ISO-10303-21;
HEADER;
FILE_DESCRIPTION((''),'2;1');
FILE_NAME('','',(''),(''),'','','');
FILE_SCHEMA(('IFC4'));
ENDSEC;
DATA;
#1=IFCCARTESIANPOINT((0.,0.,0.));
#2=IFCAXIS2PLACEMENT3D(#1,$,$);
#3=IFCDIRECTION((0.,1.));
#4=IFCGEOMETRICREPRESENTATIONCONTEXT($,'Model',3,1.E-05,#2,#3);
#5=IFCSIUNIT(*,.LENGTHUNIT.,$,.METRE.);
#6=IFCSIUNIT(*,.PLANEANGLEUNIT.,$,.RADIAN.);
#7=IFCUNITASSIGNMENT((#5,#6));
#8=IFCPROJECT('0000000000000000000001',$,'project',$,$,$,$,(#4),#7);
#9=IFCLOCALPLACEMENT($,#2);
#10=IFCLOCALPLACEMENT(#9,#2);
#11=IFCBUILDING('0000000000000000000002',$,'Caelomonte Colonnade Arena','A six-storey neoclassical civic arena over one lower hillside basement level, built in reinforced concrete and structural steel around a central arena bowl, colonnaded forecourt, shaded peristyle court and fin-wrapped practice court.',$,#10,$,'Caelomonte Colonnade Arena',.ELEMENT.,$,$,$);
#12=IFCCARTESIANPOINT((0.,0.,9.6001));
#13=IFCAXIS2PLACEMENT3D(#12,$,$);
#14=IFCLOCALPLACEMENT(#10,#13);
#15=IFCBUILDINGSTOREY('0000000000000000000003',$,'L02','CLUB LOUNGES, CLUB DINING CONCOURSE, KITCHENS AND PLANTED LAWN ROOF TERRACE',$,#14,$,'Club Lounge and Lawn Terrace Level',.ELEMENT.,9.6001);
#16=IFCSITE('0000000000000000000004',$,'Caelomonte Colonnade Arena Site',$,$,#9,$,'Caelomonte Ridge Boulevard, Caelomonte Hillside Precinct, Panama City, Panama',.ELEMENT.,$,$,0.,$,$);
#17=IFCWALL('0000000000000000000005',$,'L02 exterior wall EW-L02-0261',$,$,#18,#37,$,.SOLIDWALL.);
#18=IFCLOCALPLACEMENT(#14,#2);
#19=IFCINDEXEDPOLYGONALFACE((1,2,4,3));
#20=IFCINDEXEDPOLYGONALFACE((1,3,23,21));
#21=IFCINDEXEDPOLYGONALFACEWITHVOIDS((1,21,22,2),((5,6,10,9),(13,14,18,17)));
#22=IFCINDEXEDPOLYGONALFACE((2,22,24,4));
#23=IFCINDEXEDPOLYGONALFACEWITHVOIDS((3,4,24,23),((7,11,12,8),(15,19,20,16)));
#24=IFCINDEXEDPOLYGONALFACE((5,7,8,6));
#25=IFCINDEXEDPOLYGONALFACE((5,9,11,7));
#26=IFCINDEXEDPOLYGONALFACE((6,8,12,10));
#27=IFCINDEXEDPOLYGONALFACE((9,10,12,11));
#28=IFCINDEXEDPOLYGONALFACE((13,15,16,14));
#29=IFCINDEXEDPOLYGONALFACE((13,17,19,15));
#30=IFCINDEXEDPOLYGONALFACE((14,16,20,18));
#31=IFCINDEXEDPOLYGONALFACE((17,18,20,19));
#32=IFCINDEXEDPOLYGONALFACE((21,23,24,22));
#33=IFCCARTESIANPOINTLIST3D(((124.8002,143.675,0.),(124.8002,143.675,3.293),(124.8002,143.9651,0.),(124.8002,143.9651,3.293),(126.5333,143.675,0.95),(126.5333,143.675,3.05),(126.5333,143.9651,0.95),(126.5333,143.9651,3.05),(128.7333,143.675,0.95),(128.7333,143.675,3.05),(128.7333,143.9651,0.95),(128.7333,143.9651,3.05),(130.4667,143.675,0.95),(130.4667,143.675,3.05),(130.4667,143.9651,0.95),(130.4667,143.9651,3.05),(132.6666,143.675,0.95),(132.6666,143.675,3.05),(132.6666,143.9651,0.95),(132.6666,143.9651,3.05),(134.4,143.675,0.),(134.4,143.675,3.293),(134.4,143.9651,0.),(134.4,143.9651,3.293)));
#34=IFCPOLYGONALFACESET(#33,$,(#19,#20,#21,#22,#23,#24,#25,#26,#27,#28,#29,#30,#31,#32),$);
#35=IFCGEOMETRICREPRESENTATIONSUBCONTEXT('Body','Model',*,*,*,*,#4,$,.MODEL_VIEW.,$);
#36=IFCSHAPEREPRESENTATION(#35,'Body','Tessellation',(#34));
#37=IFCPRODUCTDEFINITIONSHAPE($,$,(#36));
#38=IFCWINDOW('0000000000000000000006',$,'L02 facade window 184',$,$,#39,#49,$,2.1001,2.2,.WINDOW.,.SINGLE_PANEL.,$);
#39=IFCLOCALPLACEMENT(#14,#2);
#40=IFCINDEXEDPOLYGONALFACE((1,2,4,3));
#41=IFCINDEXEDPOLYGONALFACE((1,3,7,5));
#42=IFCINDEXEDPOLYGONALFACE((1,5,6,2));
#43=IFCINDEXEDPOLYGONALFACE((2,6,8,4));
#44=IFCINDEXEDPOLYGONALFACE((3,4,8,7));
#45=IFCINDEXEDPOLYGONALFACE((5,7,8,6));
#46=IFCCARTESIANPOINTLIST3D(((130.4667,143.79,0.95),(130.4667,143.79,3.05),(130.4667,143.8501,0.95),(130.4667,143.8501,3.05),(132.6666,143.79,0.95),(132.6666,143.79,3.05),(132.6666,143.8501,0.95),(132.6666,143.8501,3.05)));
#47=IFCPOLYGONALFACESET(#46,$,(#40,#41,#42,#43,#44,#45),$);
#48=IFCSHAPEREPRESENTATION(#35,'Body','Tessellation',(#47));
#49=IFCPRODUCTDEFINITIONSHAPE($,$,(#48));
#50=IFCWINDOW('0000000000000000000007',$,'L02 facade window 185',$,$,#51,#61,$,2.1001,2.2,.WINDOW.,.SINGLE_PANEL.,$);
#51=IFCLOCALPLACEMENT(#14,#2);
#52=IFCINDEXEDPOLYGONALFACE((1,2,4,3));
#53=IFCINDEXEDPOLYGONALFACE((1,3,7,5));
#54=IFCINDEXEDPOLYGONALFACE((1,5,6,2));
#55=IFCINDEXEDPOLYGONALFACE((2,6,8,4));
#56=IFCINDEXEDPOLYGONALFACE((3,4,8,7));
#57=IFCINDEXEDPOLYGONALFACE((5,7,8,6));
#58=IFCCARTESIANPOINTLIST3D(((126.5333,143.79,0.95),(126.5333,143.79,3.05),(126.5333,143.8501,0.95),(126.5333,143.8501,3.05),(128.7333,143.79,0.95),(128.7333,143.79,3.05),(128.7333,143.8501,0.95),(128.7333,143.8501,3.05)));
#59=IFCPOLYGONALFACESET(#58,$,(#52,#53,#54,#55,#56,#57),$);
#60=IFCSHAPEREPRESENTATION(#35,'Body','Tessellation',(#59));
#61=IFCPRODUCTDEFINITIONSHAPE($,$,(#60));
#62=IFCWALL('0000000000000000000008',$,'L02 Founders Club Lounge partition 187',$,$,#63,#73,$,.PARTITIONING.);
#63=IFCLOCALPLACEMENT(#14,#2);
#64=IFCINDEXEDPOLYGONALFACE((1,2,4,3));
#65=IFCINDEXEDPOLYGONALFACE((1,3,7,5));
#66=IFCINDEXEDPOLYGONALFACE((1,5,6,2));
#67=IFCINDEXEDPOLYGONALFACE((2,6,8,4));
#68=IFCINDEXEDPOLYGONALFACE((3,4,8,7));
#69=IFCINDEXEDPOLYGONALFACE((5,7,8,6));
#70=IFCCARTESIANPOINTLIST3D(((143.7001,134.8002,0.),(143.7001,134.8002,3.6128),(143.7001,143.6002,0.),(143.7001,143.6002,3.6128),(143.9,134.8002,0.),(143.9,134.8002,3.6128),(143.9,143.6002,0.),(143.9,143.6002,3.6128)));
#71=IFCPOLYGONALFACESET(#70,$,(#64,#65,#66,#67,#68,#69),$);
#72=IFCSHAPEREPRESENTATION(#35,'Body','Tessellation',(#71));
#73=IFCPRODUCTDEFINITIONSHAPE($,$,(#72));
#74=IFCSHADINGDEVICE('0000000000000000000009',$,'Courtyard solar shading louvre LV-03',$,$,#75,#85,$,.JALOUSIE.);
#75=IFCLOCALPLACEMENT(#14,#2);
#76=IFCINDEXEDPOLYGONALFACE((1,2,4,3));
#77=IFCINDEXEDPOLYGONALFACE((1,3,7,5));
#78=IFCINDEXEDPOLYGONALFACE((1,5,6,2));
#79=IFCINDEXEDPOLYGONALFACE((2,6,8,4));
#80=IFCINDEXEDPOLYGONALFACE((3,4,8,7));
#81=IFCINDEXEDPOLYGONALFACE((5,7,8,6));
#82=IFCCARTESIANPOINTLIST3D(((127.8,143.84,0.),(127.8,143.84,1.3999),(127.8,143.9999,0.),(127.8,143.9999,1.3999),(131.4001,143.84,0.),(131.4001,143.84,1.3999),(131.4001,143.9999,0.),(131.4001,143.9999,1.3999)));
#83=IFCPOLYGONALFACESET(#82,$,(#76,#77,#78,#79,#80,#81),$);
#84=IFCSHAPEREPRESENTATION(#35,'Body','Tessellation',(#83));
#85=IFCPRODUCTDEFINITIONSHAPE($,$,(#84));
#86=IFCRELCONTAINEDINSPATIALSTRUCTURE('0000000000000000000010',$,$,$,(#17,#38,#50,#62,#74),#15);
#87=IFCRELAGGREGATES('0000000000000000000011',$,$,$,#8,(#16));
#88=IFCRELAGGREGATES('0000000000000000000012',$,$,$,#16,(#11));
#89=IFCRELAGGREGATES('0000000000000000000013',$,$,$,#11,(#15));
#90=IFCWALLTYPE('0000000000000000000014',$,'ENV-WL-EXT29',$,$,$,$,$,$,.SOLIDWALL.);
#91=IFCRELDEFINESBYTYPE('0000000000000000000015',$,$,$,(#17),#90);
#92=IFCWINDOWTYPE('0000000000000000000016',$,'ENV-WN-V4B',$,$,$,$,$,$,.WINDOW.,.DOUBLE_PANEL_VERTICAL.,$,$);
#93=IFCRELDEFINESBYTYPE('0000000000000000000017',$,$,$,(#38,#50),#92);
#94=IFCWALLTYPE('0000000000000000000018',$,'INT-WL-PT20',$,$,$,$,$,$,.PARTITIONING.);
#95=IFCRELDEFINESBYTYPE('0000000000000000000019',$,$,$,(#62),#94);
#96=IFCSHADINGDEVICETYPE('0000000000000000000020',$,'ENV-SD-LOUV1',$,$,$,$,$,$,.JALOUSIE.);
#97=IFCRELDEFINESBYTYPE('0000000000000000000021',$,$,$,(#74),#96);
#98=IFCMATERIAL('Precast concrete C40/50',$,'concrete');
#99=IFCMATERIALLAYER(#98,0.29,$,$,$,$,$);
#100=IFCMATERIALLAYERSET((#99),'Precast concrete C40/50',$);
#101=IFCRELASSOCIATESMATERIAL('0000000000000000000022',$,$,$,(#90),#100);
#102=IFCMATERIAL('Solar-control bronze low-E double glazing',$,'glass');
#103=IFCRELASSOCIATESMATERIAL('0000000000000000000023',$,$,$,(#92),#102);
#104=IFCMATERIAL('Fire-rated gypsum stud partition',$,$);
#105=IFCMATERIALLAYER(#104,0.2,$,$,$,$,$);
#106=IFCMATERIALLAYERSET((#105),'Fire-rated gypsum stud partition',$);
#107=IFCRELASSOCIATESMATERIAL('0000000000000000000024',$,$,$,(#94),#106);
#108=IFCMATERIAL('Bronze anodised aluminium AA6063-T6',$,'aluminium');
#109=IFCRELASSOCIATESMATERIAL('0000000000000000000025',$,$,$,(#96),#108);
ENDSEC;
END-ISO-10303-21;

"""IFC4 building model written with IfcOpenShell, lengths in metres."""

from ifc_helpers import new_model, si_unit, direction, frame, frame_2d, origin, origin_2d, place, context, subcontext, project, spatial, rectangle, extrude, material, layer, layer_set, type_object, element, fill, save


model = new_model("IFC4")

# Units and contexts
model_context = context("Model", 3, precision=1e-05, world=origin(), true_north=direction((0.0, 1.0)))
body_context = subcontext(model_context, "Body", "Model", "MODEL_VIEW")
ifc_project = project(units=[si_unit("LENGTHUNIT", "METRE"), si_unit("PLANEANGLEUNIT", "RADIAN")], contexts=[model_context])

# Site, building, storey
site_placement = place(None, origin())
site = spatial("IfcSite", under=ifc_project, at=site_placement, Name="Caelomonte Colonnade Arena Site", LongName="Caelomonte Ridge Boulevard, Caelomonte Hillside Precinct, Panama City, Panama", CompositionType="ELEMENT", RefElevation=0.0)
building_placement = place(site_placement, origin())
building = spatial("IfcBuilding", under=site, at=building_placement, Name="Caelomonte Colonnade Arena", Description="A six-storey neoclassical civic arena over one lower hillside basement level, built in reinforced concrete and structural steel around a central arena bowl, colonnaded forecourt, shaded peristyle court and fin-wrapped practice court.", LongName="Caelomonte Colonnade Arena", CompositionType="ELEMENT")
storey_placement = place(building_placement, frame((0.0, 0.0, 9.6001)))
storey = spatial("IfcBuildingStorey", under=building, at=storey_placement, Name="L02", Description="CLUB LOUNGES, CLUB DINING CONCOURSE, KITCHENS AND PLANTED LAWN ROOF TERRACE", LongName="Club Lounge and Lawn Terrace Level", CompositionType="ELEMENT", Elevation=9.6001)

# Wall, openings, windows
ifc_material_1 = material(Name="Precast concrete C40/50", Category="concrete")
ifc_layer_1 = layer(ifc_material_1, 0.29)
ifc_layer_set_1 = layer_set([ifc_layer_1], Name="Precast concrete C40/50")
wall_type_1 = type_object("IfcWallType", Name="ENV-WL-EXT29", PredefinedType="SOLIDWALL", material=ifc_layer_set_1)
ifc_material_2 = material(Name="Solar-control bronze low-E double glazing", Category="glass")
window_type = type_object("IfcWindowType", Name="ENV-WN-V4B", PartitioningType="DOUBLE_PANEL_VERTICAL", PredefinedType="WINDOW", material=ifc_material_2)
wall_1_placement = place(storey_placement, frame((134.3999, 143.8201, 0.0), z_axis=(0.0, 0.0, 1.0), x_axis=(-1.0, 0.0, 0.0)))
wall_1 = element("IfcWall", 1, at=wall_1_placement, inside=storey, type_object=wall_type_1, Name="L02 exterior wall EW-L02-0261", PredefinedType="SOLIDWALL", context=body_context, shape_type="SweptSolid", body=[
    extrude(rectangle(XDim=9.5999, YDim=0.29, at=frame_2d((4.7998, 0.0))), origin(), (0.0, 0.0, 1.0), 3.293),
])
opening_1_placement = place(wall_1_placement, frame((3.9333, 0.0, 0.95), z_axis=(0.0, 0.0, 1.0), x_axis=(-1.0, 0.0, 0.0)))
opening_1 = element("IfcOpeningElement", 2, at=opening_1_placement, cuts=wall_1, PredefinedType="OPENING", context=body_context, shape_type="SweptSolid", body=[
    extrude(rectangle(XDim=2.2, YDim=2.1001, at=frame_2d((1.1001, 1.05))), frame((0.0, 0.155, 0.0), z_axis=(0.0, -1.0, 0.0), x_axis=(1.0, 0.0, 0.0)), (0.0, 0.0, 1.0), 0.3101),
])
opening_2_placement = place(wall_1_placement, frame((7.8667, 0.0, 0.95), z_axis=(0.0, 0.0, 1.0), x_axis=(-1.0, 0.0, 0.0)))
opening_2 = element("IfcOpeningElement", 3, at=opening_2_placement, cuts=wall_1, PredefinedType="OPENING", context=body_context, shape_type="SweptSolid", body=[
    extrude(rectangle(XDim=2.2, YDim=2.1001, at=frame_2d((1.1001, 1.05))), frame((0.0, 0.155, 0.0), z_axis=(0.0, -1.0, 0.0), x_axis=(1.0, 0.0, 0.0)), (0.0, 0.0, 1.0), 0.3101),
])
window_1_placement = place(opening_1_placement, origin())
window_1 = element("IfcWindow", 4, at=window_1_placement, inside=storey, type_object=window_type, Name="L02 facade window 184", OverallHeight=2.1001, OverallWidth=2.2, PartitioningType="SINGLE_PANEL", PredefinedType="WINDOW", context=body_context, shape_type="SweptSolid", body=[
    extrude(rectangle(XDim=2.2, YDim=2.1001, at=frame_2d((1.1001, 1.05))), frame((0.0, 0.03, 0.0), z_axis=(0.0, -1.0, 0.0), x_axis=(1.0, 0.0, 0.0)), (0.0, 0.0, 1.0), 0.0601),
])
fill(opening_1, window_1)
window_2_placement = place(opening_2_placement, origin())
window_2 = element("IfcWindow", 5, at=window_2_placement, inside=storey, type_object=window_type, Name="L02 facade window 185", OverallHeight=2.1001, OverallWidth=2.2, PartitioningType="SINGLE_PANEL", PredefinedType="WINDOW", context=body_context, shape_type="SweptSolid", body=[
    extrude(rectangle(XDim=2.2, YDim=2.1001, at=frame_2d((1.1001, 1.05))), frame((0.0, 0.03, 0.0), z_axis=(0.0, -1.0, 0.0), x_axis=(1.0, 0.0, 0.0)), (0.0, 0.0, 1.0), 0.0601),
])
fill(opening_2, window_2)

# Wall
ifc_material_3 = material(Name="Fire-rated gypsum stud partition")
ifc_layer_2 = layer(ifc_material_3, 0.2)
ifc_layer_set_2 = layer_set([ifc_layer_2], Name="Fire-rated gypsum stud partition")
wall_type_2 = type_object("IfcWallType", Name="INT-WL-PT20", PredefinedType="PARTITIONING", material=ifc_layer_set_2)
wall_2_placement = place(storey_placement, frame((143.8, 143.6001, 0.0), z_axis=(0.0, 0.0, 1.0), x_axis=(0.0, -1.0, 0.0)))
element("IfcWall", 6, at=wall_2_placement, inside=storey, type_object=wall_type_2, Name="L02 Founders Club Lounge partition 187", PredefinedType="PARTITIONING", context=body_context, shape_type="SweptSolid", body=[
    extrude(rectangle(XDim=8.8, YDim=0.2, at=frame_2d((4.3999, 0.0))), origin(), (0.0, 0.0, 1.0), 3.6128),
])

# Shading device
ifc_material_4 = material(Name="Bronze anodised aluminium AA6063-T6", Category="aluminium")
shading_device_type = type_object("IfcShadingDeviceType", Name="ENV-SD-LOUV1", PredefinedType="JALOUSIE", material=ifc_material_4)
shading_device_placement = place(storey_placement, frame((129.6001, 143.9199, 0.0), z_axis=(0.0, 0.0, 1.0), x_axis=(1.0, 0.0, 0.0)))
element("IfcShadingDevice", 7, at=shading_device_placement, inside=storey, type_object=shading_device_type, Name="Courtyard solar shading louvre LV-03", PredefinedType="JALOUSIE", context=body_context, shape_type="SweptSolid", body=[
    extrude(rectangle(XDim=3.6001, YDim=0.1599, at=origin_2d()), origin(), (0.0, 0.0, 1.0), 1.3999),
])

save(model, "model.ifc")
